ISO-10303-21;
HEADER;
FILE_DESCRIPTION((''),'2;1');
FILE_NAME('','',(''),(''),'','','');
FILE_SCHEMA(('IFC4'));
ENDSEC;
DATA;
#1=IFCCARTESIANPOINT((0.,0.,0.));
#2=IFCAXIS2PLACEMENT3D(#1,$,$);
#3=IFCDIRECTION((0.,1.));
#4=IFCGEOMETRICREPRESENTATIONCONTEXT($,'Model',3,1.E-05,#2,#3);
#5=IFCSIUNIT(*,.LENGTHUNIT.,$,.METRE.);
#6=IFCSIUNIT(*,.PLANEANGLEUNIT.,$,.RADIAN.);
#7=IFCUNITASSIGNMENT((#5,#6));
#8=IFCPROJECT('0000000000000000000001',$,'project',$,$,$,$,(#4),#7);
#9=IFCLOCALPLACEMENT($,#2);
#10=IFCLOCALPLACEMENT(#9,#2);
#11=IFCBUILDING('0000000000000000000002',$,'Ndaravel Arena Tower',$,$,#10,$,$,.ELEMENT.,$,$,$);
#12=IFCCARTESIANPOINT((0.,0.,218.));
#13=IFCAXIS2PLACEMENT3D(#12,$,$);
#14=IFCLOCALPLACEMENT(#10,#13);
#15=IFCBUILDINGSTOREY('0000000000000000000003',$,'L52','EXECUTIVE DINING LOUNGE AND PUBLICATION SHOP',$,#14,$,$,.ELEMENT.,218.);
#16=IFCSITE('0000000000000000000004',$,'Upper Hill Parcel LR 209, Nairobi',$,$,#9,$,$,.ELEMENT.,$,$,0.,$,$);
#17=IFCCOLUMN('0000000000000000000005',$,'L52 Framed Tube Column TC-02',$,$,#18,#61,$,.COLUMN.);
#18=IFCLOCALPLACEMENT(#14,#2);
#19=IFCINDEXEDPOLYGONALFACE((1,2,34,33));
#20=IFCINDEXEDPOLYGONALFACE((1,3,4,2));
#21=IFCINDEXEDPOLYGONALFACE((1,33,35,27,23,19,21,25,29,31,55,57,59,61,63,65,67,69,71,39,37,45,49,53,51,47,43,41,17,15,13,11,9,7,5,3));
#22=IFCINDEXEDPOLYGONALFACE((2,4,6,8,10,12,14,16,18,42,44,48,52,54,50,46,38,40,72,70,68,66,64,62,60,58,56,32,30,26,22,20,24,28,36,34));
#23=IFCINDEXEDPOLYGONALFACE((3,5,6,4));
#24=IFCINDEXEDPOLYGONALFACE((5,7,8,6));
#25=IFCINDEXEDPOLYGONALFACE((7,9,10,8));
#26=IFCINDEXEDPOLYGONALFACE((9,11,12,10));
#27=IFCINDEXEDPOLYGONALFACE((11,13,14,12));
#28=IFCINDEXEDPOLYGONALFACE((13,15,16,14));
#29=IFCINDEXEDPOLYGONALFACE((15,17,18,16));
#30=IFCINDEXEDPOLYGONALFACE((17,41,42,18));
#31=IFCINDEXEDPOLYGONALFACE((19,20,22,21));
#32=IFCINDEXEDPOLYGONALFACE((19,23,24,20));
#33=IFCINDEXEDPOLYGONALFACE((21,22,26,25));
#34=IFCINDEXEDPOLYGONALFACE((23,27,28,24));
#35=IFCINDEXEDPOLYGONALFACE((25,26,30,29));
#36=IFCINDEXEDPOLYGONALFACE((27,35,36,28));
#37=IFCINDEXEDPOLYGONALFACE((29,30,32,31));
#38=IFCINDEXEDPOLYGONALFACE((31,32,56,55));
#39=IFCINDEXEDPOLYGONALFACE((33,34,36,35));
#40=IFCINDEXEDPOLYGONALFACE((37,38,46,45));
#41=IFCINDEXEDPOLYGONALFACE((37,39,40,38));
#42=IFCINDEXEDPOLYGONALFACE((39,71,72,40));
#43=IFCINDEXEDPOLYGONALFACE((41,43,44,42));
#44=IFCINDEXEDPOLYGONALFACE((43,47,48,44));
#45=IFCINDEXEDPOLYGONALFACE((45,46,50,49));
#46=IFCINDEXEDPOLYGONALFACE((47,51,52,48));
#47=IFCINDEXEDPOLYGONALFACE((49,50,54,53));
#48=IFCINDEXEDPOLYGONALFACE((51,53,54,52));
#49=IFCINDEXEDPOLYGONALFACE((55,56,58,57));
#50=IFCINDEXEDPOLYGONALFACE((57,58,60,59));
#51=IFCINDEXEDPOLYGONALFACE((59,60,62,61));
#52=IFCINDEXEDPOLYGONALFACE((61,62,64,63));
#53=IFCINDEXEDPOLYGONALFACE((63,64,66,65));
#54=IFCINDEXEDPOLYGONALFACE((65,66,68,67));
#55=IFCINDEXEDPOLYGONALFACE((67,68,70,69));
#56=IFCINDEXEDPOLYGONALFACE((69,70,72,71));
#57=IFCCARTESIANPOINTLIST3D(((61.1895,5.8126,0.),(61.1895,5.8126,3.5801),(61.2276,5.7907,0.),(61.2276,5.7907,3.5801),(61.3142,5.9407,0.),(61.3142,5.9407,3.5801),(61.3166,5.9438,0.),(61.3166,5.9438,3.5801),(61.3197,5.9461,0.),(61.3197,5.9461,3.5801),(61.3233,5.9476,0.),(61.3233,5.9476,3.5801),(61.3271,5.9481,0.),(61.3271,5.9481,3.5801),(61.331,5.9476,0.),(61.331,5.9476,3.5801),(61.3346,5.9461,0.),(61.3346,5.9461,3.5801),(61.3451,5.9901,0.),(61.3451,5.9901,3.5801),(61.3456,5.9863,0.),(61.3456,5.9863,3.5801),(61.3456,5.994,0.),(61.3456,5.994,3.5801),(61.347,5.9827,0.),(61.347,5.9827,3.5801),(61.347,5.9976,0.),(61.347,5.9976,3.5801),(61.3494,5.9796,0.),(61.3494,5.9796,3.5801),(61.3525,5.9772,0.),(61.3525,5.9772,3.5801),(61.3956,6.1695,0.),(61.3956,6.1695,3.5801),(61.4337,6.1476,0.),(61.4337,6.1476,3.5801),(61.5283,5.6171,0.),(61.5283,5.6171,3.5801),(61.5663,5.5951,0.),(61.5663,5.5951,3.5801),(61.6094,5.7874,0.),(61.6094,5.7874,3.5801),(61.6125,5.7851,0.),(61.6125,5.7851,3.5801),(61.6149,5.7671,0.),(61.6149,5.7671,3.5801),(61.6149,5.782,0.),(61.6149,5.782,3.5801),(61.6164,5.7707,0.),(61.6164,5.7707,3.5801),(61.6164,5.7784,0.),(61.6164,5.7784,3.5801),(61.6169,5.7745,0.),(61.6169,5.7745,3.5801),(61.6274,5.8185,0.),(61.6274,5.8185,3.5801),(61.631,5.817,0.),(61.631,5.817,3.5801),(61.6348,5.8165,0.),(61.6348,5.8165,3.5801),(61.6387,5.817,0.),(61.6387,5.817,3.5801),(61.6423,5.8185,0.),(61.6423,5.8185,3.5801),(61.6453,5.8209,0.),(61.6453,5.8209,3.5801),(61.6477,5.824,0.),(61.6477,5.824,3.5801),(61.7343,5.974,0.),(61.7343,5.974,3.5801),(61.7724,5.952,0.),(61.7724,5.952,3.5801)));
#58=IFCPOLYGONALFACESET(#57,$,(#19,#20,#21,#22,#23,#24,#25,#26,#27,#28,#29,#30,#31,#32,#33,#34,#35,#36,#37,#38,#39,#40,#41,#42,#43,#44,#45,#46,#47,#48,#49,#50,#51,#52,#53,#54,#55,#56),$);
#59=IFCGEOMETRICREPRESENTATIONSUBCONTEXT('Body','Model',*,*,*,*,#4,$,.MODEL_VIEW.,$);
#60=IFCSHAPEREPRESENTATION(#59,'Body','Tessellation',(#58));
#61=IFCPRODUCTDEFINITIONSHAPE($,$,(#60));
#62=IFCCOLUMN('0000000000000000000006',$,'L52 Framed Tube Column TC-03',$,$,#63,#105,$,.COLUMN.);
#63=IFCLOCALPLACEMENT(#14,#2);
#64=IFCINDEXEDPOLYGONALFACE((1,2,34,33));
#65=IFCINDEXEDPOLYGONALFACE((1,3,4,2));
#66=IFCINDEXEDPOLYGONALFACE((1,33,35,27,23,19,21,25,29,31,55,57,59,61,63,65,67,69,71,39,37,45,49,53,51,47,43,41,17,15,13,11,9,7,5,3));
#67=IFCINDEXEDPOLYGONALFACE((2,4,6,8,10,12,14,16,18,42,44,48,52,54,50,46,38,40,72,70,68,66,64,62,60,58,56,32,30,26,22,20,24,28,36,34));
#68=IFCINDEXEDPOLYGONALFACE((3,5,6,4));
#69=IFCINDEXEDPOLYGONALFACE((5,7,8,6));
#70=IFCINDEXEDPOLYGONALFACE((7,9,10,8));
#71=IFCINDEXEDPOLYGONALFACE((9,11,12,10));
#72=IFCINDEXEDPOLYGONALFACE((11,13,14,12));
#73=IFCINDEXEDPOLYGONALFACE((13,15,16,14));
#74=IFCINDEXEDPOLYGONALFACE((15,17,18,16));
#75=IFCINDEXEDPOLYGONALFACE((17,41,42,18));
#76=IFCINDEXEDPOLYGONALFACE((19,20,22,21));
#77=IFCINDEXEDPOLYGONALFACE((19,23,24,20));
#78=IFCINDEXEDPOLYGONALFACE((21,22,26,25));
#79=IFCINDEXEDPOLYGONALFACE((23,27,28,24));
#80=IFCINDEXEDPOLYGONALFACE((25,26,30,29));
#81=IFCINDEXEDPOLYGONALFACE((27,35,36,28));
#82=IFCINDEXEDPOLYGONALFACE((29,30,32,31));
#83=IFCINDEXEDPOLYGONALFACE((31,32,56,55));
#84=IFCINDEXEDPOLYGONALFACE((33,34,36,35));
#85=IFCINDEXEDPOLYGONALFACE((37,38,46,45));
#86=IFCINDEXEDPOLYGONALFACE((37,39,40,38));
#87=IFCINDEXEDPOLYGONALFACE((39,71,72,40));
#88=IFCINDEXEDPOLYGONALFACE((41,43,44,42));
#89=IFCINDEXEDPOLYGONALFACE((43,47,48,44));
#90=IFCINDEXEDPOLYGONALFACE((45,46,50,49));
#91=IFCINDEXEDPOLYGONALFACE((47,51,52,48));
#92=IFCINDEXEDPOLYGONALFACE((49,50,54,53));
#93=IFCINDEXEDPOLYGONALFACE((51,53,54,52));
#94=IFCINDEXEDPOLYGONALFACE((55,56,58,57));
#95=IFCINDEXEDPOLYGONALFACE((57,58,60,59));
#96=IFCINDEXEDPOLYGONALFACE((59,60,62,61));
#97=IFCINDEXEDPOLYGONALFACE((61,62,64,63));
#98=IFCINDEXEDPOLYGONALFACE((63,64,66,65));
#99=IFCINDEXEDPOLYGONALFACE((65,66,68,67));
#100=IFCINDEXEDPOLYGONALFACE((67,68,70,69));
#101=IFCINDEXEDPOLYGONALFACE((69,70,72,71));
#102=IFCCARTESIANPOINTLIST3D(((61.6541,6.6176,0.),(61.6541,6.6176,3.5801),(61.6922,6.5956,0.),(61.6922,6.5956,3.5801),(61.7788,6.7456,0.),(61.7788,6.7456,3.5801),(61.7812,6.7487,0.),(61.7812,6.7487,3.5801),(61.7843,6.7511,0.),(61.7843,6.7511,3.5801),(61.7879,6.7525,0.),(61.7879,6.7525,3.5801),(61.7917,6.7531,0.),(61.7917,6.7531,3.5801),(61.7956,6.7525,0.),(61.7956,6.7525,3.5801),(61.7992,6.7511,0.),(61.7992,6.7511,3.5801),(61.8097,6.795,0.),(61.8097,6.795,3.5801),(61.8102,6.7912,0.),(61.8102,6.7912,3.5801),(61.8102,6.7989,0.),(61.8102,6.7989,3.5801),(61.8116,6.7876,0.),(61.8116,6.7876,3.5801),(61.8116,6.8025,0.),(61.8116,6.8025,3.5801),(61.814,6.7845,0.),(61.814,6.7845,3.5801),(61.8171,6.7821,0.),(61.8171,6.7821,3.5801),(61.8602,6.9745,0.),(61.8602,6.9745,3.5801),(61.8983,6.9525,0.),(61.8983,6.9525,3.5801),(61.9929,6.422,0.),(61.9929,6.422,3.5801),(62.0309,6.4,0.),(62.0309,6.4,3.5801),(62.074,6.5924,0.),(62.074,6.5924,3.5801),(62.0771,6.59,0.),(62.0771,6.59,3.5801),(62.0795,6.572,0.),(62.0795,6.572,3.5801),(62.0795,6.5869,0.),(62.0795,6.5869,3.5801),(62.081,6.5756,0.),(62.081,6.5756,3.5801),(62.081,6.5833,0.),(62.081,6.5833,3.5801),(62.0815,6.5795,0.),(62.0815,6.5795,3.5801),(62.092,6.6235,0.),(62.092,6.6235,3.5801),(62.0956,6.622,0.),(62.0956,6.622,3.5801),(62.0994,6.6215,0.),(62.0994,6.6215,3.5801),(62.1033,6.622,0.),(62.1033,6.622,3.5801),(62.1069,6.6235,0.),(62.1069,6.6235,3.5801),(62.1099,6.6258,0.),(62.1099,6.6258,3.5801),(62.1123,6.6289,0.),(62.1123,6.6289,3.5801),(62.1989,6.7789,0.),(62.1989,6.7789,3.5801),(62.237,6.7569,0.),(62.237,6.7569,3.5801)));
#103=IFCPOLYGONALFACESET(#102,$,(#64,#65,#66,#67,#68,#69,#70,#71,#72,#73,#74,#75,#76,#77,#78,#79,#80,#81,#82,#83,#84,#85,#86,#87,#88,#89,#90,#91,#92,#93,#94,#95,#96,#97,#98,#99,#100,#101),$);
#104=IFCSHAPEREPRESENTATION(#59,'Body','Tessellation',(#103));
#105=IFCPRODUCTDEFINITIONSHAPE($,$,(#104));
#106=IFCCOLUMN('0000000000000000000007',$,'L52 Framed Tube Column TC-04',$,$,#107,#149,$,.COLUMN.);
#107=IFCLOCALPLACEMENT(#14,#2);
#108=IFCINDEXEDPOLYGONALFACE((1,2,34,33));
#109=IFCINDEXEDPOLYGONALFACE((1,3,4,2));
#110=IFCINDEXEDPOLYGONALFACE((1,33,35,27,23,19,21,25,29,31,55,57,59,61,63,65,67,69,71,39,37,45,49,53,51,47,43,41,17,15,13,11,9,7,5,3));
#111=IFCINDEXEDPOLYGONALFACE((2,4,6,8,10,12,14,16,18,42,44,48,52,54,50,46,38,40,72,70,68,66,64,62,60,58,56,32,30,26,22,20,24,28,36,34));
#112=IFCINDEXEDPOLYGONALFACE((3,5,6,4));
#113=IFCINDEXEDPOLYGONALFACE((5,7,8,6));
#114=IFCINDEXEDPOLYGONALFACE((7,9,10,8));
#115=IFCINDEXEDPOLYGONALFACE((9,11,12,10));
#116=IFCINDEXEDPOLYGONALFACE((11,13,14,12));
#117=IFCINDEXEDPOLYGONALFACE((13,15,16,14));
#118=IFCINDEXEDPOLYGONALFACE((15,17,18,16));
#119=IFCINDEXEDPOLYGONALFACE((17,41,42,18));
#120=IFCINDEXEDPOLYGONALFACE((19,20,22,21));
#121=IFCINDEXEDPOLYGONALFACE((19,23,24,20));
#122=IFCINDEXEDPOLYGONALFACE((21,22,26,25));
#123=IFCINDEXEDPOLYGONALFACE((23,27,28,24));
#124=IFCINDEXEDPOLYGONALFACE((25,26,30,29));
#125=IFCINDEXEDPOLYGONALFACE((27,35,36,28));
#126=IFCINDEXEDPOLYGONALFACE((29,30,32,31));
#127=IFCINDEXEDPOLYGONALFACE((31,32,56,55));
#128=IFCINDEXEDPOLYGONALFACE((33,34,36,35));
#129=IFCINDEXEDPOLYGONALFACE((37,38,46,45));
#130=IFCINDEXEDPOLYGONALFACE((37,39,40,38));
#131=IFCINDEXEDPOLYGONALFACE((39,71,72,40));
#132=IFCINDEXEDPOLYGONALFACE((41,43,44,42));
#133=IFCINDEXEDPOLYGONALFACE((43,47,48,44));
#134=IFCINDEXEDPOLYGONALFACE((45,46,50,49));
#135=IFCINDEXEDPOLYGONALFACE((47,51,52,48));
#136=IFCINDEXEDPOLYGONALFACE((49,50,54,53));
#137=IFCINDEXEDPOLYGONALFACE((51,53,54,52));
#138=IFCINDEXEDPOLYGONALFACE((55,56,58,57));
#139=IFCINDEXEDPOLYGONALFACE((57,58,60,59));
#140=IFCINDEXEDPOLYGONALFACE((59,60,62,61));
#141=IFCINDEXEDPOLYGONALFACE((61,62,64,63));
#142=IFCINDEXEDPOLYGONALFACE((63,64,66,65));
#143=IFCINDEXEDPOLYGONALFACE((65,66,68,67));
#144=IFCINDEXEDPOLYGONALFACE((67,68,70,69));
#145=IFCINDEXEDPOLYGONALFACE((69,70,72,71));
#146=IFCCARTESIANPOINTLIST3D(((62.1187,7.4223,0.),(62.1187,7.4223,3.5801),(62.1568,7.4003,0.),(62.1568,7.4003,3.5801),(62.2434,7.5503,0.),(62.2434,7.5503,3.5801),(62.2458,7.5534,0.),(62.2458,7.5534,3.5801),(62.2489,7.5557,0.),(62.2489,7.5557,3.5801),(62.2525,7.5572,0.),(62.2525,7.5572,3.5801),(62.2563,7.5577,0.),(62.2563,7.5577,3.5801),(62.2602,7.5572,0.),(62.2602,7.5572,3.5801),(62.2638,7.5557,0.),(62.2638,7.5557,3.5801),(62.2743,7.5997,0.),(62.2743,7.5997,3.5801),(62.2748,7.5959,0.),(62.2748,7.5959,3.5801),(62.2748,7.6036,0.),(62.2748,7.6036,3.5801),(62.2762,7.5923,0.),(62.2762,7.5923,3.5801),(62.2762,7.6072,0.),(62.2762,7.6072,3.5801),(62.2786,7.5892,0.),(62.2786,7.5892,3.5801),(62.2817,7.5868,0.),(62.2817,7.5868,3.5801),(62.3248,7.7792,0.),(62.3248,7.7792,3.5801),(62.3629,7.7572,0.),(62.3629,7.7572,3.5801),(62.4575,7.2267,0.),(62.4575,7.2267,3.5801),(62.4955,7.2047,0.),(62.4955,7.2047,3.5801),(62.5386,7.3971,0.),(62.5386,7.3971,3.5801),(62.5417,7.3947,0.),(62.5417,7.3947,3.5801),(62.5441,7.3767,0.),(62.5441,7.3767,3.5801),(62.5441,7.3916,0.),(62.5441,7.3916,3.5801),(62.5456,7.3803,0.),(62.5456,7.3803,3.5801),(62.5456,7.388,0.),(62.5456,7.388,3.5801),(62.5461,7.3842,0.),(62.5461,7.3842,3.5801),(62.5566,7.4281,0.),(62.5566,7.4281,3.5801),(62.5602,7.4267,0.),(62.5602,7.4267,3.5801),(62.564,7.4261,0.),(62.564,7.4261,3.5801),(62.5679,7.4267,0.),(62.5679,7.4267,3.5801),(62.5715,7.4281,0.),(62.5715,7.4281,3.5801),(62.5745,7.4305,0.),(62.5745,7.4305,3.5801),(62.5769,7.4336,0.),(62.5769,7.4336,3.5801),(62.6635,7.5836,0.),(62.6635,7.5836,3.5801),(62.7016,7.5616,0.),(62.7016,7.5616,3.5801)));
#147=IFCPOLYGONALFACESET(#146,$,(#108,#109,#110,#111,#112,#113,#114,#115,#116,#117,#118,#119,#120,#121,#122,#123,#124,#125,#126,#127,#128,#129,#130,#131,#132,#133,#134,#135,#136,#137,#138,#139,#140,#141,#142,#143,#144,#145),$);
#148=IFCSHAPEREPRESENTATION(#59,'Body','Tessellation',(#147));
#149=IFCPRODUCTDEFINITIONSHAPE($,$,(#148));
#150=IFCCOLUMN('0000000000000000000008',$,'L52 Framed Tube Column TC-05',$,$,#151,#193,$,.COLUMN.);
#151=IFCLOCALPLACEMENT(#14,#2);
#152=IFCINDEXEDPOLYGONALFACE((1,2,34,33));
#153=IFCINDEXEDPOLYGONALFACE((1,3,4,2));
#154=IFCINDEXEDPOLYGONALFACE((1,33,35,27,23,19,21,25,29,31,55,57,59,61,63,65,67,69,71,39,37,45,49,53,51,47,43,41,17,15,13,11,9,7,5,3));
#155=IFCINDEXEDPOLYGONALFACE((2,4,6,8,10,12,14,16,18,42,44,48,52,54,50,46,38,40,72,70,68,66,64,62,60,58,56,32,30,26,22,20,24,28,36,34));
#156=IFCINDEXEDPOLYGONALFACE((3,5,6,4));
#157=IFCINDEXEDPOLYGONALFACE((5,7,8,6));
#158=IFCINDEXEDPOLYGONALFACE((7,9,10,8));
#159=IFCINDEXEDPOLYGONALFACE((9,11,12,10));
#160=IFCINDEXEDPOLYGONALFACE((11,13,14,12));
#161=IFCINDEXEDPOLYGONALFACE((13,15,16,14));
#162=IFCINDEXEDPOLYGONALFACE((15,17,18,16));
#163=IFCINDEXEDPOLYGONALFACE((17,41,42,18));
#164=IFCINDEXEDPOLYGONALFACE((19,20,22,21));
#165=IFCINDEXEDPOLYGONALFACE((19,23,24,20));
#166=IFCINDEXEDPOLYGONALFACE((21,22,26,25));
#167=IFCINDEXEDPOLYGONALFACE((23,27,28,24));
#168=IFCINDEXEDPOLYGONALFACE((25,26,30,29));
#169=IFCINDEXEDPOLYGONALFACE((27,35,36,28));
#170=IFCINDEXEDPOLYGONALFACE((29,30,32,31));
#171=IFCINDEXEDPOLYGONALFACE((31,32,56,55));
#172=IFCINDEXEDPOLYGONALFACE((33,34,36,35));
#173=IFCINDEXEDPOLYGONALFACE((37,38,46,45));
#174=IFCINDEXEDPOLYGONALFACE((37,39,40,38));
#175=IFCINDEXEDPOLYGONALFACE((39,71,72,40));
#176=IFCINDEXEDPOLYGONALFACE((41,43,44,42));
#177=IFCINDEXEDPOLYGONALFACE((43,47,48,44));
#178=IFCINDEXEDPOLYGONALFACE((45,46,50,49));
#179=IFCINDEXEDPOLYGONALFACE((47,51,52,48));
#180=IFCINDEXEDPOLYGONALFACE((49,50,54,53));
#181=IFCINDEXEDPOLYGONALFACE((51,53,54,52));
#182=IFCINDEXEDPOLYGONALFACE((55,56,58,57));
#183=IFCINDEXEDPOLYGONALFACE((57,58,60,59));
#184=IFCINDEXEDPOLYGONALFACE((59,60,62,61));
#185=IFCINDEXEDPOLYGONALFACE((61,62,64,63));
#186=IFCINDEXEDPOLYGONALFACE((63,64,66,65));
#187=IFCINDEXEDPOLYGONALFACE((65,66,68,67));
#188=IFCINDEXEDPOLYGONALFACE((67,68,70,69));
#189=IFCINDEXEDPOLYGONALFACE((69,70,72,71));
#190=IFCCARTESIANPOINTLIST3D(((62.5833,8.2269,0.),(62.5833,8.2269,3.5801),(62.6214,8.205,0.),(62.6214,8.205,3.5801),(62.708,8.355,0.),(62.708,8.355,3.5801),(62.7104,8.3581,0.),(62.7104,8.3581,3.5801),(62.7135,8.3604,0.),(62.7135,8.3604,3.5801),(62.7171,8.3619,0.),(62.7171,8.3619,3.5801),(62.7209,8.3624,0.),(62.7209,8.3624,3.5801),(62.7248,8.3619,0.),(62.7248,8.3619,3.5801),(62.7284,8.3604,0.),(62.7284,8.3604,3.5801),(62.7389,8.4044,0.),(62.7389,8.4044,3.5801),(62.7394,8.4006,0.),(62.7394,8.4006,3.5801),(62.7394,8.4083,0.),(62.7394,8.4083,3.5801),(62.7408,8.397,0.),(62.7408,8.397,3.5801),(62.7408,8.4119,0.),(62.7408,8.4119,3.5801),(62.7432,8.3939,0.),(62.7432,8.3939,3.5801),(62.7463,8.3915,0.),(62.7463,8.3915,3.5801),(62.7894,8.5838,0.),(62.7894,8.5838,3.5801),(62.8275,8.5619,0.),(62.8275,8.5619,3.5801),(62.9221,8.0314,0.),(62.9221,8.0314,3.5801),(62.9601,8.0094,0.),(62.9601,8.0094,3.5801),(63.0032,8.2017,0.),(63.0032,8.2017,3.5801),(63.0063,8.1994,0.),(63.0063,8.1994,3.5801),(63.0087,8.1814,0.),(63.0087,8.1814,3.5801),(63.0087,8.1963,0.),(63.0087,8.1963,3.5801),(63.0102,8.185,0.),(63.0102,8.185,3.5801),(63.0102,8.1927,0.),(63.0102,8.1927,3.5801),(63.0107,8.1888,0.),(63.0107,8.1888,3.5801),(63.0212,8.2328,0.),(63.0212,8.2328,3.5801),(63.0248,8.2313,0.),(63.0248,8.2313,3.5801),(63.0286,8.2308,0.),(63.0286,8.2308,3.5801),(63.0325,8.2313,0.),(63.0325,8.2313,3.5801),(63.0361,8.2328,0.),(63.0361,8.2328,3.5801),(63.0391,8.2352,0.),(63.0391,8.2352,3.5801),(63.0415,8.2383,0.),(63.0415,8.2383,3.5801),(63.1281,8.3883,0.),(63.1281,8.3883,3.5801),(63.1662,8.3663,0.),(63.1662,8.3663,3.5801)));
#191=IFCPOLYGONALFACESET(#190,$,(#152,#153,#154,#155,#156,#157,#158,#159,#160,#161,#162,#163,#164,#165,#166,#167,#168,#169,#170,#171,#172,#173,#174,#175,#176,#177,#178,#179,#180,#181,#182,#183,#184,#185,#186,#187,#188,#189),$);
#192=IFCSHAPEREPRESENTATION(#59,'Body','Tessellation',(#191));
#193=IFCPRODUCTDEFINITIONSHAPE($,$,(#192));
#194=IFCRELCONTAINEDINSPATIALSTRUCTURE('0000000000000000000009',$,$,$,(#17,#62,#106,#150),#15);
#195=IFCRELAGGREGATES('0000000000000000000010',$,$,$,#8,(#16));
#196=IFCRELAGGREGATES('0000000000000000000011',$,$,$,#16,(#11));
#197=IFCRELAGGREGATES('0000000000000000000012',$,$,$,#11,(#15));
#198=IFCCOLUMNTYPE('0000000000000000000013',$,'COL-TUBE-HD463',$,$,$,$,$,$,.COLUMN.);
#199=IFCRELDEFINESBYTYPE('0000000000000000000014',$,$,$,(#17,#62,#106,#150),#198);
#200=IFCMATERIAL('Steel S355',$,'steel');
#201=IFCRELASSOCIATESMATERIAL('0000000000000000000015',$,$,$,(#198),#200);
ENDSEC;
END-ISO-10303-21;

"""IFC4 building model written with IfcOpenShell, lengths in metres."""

from ifc_helpers import new_model, si_unit, direction, frame, origin, origin_2d, place, context, subcontext, project, spatial, i_section, extrude, material, material_profile, profile_set, type_object, element, save


model = new_model("IFC4")

# Units and contexts
model_context = context("Model", 3, precision=1e-05, world=origin(), true_north=direction((0.0, 1.0)))
body_context = subcontext(model_context, "Body", "Model", "MODEL_VIEW")
ifc_project = project(units=[si_unit("LENGTHUNIT", "METRE"), si_unit("PLANEANGLEUNIT", "RADIAN")], contexts=[model_context])

# Site, building, storey
site_placement = place(None, origin())
site = spatial("IfcSite", under=ifc_project, at=site_placement, Name="Upper Hill Parcel LR 209, Nairobi", CompositionType="ELEMENT", RefElevation=0.0)
building_placement = place(site_placement, origin())
building = spatial("IfcBuilding", under=site, at=building_placement, Name="Ndaravel Arena Tower", CompositionType="ELEMENT")
storey_placement = place(building_placement, frame((0.0, 0.0, 218.0)))
storey = spatial("IfcBuildingStorey", under=building, at=storey_placement, Name="L52", Description="EXECUTIVE DINING LOUNGE AND PUBLICATION SHOP", CompositionType="ELEMENT", Elevation=218.0)

# Columns
ifc_material_1 = material(Name="Steel S355", Category="steel")
ifc_material_profile_1 = material_profile(ifc_material_1, i_section(OverallWidth=0.4121, OverallDepth=0.4351, WebThickness=0.0359, FlangeThickness=0.0439, FilletRadius=0.0149, at=origin_2d()), Name="HD 400x463")
ifc_profile_set_1 = profile_set([ifc_material_profile_1], Name="Steel S355")
column_type = type_object("IfcColumnType", Name="COL-TUBE-HD463", PredefinedType="COLUMN", material=ifc_profile_set_1)
for number, where, z_axis, x_axis, name in (
    (1, (61.481, 5.8823, 0.0), (0.0, 0.0, 1.0), (0.5, 0.866025, 0.0), "L52 Framed Tube Column TC-02"),
    (2, (61.9456, 6.6873, 0.0), (0.0, 0.0, 1.0), (0.5, 0.866025, 0.0), "L52 Framed Tube Column TC-03"),
    (3, (62.4102, 7.4919, 0.0), (0.0, 0.0, 1.0), (0.5, 0.866025, 0.0), "L52 Framed Tube Column TC-04"),
    (4, (62.8748, 8.2966, 0.0), (0.0, 0.0, 1.0), (0.5, 0.866025, 0.0), "L52 Framed Tube Column TC-05"),
):
    element("IfcColumn", number, at=place(storey_placement, frame(where, z_axis=z_axis, x_axis=x_axis)), inside=storey, type_object=column_type, Name=name, PredefinedType="COLUMN", context=body_context, shape_type="SweptSolid", body=[
        extrude(i_section(OverallWidth=0.4121, OverallDepth=0.4351, WebThickness=0.0359, FlangeThickness=0.0439, FilletRadius=0.0149, at=origin_2d()), origin(), (0.0, 0.0, 1.0), 3.5801),
    ])

save(model, "model.ifc")
